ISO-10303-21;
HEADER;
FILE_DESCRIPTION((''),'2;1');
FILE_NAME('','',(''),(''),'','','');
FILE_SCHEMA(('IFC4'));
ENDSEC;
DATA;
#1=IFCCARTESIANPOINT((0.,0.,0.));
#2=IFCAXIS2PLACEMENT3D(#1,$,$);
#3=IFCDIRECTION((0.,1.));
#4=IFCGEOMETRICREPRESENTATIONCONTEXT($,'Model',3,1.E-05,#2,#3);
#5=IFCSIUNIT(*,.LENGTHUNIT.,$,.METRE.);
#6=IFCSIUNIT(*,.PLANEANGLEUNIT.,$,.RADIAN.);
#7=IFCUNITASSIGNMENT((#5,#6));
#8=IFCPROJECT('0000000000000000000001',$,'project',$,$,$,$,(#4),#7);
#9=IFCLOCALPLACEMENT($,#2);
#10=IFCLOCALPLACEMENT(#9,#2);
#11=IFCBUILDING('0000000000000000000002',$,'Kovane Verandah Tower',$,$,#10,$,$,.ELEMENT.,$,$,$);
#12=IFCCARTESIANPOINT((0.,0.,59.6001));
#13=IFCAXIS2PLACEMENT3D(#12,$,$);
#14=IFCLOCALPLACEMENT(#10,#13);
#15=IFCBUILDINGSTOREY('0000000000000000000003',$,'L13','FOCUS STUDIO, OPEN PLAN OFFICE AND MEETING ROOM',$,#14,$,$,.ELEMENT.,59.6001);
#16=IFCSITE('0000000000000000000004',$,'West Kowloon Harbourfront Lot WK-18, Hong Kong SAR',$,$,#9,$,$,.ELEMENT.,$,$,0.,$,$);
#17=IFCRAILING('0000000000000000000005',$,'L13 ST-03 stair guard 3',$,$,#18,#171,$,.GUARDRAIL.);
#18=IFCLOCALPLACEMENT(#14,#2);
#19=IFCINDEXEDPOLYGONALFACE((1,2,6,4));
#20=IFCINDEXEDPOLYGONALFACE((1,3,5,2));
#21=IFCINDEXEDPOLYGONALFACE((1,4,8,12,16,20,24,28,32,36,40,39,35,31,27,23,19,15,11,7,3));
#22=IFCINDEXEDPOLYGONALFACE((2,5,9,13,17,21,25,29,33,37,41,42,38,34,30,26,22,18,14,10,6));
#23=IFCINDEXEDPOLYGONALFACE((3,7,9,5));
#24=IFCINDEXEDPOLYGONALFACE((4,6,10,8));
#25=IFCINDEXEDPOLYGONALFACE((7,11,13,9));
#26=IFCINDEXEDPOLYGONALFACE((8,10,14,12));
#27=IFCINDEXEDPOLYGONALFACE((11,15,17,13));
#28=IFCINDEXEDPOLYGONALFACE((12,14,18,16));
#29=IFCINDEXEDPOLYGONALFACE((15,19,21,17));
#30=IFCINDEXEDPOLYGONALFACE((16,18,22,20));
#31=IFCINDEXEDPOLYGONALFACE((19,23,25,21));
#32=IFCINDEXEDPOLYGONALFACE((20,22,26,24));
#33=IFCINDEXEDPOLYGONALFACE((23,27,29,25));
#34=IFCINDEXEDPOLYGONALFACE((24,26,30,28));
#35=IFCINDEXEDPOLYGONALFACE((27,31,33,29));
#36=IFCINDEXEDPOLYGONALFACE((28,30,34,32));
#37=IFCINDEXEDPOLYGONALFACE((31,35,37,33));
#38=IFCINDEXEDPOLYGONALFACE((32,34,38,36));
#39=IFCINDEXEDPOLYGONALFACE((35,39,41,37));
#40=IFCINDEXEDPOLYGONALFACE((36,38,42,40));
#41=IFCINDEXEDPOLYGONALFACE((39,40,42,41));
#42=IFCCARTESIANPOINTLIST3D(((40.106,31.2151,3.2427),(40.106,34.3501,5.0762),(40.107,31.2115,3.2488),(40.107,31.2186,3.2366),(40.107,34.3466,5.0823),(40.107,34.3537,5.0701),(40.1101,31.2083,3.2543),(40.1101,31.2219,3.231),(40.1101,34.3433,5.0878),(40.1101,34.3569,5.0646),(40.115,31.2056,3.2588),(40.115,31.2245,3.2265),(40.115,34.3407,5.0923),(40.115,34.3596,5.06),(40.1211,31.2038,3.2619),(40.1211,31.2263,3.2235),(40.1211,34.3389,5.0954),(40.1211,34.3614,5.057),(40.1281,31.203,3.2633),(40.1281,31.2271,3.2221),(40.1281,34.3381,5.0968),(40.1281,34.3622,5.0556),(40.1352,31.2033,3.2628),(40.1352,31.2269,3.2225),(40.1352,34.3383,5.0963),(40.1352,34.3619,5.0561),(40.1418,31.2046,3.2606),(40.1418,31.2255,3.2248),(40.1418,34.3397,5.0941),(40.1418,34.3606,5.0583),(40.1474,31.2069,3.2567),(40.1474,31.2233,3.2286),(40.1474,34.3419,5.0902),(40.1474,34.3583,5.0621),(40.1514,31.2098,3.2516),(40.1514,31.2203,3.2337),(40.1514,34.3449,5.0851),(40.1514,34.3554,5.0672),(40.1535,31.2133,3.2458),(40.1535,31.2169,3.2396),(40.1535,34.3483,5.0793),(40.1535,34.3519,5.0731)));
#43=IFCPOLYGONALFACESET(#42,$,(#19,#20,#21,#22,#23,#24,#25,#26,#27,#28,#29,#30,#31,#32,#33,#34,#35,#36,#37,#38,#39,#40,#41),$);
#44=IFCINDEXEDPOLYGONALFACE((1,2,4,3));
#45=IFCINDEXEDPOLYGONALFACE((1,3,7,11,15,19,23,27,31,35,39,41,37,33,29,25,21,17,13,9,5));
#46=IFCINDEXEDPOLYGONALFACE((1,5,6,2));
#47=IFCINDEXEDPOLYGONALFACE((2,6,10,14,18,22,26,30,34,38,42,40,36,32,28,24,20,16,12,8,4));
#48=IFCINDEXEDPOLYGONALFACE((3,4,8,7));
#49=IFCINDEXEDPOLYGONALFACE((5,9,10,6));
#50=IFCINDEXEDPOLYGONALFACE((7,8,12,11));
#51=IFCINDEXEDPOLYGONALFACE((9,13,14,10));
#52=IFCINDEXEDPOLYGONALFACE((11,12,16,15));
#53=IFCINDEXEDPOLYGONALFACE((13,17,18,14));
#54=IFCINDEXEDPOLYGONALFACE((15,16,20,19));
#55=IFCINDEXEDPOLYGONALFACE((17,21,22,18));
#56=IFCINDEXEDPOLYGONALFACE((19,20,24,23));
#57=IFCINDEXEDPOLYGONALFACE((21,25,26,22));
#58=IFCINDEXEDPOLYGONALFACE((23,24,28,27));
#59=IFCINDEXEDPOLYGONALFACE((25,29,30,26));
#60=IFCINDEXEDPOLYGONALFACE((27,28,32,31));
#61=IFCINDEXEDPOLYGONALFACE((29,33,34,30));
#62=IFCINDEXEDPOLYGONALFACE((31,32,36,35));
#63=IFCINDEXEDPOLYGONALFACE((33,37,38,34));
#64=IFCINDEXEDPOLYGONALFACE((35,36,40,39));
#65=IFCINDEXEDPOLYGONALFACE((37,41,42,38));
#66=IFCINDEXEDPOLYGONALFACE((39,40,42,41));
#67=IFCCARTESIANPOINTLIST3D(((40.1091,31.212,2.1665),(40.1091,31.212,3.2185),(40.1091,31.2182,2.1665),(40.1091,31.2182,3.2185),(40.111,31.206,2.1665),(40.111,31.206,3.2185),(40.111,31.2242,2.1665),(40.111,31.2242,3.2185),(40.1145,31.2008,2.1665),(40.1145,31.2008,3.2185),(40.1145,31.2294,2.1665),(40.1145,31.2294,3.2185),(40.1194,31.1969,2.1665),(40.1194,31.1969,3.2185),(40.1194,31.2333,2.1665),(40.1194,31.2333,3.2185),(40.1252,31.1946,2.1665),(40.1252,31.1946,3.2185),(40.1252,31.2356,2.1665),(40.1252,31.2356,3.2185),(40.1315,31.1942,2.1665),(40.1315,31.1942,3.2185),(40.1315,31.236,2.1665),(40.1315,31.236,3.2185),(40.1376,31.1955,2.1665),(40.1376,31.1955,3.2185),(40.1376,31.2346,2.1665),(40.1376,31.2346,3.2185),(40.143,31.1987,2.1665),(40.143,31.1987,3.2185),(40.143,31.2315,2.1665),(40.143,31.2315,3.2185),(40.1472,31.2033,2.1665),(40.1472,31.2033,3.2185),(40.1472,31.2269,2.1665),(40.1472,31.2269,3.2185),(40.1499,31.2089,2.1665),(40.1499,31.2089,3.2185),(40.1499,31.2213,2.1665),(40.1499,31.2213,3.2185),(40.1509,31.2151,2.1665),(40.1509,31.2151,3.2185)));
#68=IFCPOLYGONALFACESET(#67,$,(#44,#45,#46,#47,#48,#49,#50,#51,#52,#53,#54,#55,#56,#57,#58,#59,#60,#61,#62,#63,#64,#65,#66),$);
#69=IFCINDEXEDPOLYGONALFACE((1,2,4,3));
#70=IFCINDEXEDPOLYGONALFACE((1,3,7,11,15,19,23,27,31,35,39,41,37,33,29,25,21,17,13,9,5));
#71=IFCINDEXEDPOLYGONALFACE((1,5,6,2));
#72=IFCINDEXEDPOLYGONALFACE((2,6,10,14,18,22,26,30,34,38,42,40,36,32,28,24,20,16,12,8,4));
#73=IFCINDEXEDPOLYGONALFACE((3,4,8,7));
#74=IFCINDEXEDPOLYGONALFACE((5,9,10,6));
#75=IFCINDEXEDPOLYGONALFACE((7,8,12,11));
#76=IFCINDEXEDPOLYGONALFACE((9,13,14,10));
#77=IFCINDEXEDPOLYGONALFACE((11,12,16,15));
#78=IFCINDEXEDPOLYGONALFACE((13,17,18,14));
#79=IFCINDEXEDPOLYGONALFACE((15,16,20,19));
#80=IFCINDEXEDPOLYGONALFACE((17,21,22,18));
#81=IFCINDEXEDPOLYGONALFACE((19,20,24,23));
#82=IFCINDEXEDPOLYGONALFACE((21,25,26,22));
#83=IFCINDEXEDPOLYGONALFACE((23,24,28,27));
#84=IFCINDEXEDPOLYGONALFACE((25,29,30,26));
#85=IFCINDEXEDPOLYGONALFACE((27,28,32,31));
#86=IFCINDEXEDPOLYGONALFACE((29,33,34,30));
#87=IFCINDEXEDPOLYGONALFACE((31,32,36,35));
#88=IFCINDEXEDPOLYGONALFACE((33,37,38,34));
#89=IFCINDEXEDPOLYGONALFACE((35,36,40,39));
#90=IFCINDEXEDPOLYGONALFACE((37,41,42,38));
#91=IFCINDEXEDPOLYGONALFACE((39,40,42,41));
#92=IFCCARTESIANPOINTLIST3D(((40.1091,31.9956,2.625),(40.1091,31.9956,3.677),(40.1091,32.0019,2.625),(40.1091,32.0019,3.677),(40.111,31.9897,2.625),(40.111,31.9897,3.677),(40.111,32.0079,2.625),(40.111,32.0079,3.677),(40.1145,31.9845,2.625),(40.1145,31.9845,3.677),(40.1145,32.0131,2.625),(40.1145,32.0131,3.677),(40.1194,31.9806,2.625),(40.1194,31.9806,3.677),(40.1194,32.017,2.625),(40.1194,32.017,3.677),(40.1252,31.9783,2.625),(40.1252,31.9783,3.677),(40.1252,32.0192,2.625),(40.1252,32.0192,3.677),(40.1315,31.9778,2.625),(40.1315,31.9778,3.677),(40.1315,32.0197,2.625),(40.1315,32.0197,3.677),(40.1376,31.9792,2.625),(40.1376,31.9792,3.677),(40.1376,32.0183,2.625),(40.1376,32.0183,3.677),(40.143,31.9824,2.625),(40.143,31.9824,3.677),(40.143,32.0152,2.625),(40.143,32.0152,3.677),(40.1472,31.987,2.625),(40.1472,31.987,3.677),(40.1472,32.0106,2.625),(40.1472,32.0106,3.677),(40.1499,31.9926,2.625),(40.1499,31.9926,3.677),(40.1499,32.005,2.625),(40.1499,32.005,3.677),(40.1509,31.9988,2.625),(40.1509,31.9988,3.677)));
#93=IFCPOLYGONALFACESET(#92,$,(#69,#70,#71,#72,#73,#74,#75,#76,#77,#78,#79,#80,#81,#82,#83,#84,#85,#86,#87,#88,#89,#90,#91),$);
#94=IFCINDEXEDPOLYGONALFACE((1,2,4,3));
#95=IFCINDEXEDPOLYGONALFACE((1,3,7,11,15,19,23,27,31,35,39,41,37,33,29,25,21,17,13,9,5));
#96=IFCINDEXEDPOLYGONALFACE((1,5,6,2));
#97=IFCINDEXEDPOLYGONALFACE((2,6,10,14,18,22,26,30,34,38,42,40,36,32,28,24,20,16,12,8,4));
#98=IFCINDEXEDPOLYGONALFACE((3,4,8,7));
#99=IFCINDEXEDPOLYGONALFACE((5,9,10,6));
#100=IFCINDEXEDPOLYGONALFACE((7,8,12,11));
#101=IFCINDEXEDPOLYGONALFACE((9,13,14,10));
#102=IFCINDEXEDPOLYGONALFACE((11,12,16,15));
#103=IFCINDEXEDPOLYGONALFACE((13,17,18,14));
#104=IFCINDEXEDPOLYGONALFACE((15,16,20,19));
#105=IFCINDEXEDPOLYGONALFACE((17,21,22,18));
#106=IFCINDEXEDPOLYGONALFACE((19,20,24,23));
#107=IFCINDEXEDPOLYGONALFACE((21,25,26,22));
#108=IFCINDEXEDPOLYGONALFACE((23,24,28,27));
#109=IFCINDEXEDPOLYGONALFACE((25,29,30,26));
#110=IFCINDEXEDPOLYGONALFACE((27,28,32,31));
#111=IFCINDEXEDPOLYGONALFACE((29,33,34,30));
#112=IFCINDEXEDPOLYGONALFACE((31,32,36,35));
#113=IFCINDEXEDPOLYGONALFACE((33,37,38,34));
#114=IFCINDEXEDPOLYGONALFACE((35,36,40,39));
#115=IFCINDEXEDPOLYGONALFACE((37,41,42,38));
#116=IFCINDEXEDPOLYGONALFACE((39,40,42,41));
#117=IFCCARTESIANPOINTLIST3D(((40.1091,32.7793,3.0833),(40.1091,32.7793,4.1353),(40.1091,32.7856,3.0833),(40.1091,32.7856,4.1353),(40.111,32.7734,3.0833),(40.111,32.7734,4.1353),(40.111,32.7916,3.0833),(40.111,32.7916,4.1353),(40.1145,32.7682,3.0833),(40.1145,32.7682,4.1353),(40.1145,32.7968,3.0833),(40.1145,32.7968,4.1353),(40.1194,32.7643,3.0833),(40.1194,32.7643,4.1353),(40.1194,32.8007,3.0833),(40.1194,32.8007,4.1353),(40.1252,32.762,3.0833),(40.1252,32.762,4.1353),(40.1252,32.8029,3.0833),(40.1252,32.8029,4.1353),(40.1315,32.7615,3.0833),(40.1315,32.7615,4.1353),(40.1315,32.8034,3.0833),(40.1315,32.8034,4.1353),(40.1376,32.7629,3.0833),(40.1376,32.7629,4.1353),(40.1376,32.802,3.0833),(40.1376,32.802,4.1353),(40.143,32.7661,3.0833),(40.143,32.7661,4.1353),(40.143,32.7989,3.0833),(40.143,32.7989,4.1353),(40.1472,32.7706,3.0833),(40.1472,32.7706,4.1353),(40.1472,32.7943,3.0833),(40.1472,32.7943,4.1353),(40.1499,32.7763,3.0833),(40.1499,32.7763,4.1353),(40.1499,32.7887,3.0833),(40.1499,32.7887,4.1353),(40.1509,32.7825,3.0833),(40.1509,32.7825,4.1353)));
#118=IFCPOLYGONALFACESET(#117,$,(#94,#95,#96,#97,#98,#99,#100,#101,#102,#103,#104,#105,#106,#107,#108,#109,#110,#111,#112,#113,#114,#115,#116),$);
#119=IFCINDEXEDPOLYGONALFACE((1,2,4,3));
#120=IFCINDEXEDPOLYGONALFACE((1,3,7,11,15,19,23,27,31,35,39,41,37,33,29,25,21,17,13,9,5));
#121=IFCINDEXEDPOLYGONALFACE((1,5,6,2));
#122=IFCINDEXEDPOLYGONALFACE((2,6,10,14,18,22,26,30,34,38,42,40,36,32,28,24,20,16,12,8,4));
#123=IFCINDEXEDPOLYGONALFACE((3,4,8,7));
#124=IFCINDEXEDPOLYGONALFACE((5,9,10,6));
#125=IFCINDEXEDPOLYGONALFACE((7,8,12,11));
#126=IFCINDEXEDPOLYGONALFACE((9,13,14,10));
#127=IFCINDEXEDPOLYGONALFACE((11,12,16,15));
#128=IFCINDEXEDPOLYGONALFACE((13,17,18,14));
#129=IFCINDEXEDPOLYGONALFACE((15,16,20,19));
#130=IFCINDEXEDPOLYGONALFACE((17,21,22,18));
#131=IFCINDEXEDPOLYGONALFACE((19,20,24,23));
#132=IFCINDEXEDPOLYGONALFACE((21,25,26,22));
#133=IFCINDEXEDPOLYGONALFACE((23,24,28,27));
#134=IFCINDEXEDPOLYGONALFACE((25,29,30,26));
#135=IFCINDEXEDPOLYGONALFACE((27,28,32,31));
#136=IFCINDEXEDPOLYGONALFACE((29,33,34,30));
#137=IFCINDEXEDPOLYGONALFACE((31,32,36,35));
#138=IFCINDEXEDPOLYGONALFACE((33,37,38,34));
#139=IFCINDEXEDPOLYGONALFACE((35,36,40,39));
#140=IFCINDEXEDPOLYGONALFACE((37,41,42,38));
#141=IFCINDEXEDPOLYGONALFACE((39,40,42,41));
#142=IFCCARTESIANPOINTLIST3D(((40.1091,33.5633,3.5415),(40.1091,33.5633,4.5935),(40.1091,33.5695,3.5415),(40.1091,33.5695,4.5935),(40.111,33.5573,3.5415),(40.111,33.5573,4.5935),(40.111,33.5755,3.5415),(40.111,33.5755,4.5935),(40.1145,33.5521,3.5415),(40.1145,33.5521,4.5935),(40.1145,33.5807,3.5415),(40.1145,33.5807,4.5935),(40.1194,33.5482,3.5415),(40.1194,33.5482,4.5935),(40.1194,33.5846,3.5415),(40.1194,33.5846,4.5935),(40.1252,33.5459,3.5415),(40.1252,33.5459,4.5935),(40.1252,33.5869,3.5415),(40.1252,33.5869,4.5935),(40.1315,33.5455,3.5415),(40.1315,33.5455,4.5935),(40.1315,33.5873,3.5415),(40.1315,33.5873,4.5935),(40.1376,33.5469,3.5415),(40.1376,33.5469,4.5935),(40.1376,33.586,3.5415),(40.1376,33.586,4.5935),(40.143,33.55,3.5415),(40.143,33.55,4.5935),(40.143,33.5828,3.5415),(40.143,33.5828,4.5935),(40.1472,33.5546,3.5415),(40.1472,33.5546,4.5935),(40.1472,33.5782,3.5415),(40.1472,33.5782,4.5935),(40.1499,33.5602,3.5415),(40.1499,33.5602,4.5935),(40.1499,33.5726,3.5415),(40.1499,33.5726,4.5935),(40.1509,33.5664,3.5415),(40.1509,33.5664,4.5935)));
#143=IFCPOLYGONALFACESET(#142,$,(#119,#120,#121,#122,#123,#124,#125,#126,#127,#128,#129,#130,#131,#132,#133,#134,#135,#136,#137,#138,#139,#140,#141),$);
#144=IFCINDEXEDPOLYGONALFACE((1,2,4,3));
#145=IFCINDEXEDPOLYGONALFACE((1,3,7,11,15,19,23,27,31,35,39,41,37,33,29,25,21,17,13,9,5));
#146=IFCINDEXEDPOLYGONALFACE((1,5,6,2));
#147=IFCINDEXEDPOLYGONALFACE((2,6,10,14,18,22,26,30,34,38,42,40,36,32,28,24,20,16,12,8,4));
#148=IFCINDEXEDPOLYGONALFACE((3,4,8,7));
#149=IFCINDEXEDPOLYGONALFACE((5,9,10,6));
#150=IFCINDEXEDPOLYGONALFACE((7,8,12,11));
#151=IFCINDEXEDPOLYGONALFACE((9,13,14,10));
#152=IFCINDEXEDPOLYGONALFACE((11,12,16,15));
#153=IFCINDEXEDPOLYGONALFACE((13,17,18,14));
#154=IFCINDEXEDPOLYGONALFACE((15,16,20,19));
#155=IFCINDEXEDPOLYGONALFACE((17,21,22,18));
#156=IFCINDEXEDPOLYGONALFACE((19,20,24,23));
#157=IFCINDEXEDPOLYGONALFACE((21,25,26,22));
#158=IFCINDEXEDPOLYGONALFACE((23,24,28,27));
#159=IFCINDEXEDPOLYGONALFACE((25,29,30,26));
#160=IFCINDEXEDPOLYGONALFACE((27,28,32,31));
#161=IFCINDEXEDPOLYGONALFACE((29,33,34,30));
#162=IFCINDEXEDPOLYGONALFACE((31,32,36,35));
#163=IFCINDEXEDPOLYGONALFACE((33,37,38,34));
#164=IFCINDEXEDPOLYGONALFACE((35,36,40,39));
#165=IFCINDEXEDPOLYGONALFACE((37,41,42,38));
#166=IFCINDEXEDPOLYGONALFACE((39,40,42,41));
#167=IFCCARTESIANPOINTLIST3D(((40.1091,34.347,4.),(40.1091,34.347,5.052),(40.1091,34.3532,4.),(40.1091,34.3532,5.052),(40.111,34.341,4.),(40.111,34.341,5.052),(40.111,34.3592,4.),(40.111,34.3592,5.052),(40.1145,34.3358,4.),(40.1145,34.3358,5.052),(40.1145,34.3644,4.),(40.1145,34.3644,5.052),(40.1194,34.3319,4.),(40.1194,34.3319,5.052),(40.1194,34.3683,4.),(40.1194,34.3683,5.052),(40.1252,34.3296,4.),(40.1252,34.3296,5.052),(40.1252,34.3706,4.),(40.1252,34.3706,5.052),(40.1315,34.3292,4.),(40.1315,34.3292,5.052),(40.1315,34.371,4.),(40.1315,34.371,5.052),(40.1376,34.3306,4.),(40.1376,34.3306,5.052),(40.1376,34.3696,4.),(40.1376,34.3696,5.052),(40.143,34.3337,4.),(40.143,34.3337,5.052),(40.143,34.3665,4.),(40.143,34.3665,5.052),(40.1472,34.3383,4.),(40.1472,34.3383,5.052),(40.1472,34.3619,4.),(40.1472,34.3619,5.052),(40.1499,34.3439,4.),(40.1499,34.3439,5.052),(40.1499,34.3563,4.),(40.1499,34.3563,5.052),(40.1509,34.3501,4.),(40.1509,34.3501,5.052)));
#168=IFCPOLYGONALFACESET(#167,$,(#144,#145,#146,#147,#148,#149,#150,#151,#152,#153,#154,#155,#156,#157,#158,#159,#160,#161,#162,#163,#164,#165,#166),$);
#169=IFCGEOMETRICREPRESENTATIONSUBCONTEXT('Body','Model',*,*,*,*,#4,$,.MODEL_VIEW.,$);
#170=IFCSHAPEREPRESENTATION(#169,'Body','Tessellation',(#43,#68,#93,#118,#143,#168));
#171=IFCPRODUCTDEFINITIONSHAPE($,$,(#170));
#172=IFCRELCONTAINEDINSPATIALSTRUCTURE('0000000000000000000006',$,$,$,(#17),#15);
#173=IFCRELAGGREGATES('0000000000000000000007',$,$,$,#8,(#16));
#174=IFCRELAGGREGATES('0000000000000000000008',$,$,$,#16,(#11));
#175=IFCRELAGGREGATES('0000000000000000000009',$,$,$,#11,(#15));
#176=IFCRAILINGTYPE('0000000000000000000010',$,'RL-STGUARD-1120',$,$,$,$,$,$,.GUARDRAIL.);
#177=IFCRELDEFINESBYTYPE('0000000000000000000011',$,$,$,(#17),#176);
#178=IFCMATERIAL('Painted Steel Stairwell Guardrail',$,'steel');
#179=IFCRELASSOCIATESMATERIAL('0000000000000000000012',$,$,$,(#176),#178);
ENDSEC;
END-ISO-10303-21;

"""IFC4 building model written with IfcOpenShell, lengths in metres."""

from ifc_helpers import new_model, si_unit, direction, frame, origin, origin_2d, place, context, subcontext, project, spatial, circle, extrude, material, type_object, element, save


model = new_model("IFC4")

# Units and contexts
model_context = context("Model", 3, precision=1e-05, world=origin(), true_north=direction((0.0, 1.0)))
body_context = subcontext(model_context, "Body", "Model", "MODEL_VIEW")
ifc_project = project(units=[si_unit("LENGTHUNIT", "METRE"), si_unit("PLANEANGLEUNIT", "RADIAN")], contexts=[model_context])

# Site, building, storey
site_placement = place(None, origin())
site = spatial("IfcSite", under=ifc_project, at=site_placement, Name="West Kowloon Harbourfront Lot WK-18, Hong Kong SAR", CompositionType="ELEMENT", RefElevation=0.0)
building_placement = place(site_placement, origin())
building = spatial("IfcBuilding", under=site, at=building_placement, Name="Kovane Verandah Tower", CompositionType="ELEMENT")
storey_placement = place(building_placement, frame((0.0, 0.0, 59.6001)))
storey = spatial("IfcBuildingStorey", under=building, at=storey_placement, Name="L13", Description="FOCUS STUDIO, OPEN PLAN OFFICE AND MEETING ROOM", CompositionType="ELEMENT", Elevation=59.6001)

# Railing
ifc_material_1 = material(Name="Painted Steel Stairwell Guardrail", Category="steel")
railing_type_1 = type_object("IfcRailingType", Name="RL-STGUARD-1120", PredefinedType="GUARDRAIL", material=ifc_material_1)
railing_1_placement = place(storey_placement, frame((40.1299, 31.2151, 2.1665)))
element("IfcRailing", 1, at=railing_1_placement, inside=storey, type_object=railing_type_1, Name="L13 ST-03 stair guard 3", PredefinedType="GUARDRAIL", context=body_context, shape_type="SweptSolid", body=[
    extrude(circle(Radius=0.0239, at=origin_2d()), frame((0.0, 0.0, 1.0762), z_axis=(0.0, 0.86321, 0.504845), x_axis=(-1.0, 0.0, 0.0)), (0.0, 0.0, 1.0), 3.6318),
    extrude(circle(Radius=0.021, at=origin_2d()), origin(), (0.0, 0.0, 1.0), 1.052),
    extrude(circle(Radius=0.021, at=origin_2d()), frame((0.0, 0.7837, 0.4585)), (0.0, 0.0, 1.0), 1.052),
    extrude(circle(Radius=0.021, at=origin_2d()), frame((0.0, 1.5674, 0.9167)), (0.0, 0.0, 1.0), 1.052),
    extrude(circle(Radius=0.021, at=origin_2d()), frame((0.0, 2.3513, 1.375)), (0.0, 0.0, 1.0), 1.052),
    extrude(circle(Radius=0.021, at=origin_2d()), frame((0.0, 3.135, 1.8335)), (0.0, 0.0, 1.0), 1.052),
])

save(model, "model.ifc")
